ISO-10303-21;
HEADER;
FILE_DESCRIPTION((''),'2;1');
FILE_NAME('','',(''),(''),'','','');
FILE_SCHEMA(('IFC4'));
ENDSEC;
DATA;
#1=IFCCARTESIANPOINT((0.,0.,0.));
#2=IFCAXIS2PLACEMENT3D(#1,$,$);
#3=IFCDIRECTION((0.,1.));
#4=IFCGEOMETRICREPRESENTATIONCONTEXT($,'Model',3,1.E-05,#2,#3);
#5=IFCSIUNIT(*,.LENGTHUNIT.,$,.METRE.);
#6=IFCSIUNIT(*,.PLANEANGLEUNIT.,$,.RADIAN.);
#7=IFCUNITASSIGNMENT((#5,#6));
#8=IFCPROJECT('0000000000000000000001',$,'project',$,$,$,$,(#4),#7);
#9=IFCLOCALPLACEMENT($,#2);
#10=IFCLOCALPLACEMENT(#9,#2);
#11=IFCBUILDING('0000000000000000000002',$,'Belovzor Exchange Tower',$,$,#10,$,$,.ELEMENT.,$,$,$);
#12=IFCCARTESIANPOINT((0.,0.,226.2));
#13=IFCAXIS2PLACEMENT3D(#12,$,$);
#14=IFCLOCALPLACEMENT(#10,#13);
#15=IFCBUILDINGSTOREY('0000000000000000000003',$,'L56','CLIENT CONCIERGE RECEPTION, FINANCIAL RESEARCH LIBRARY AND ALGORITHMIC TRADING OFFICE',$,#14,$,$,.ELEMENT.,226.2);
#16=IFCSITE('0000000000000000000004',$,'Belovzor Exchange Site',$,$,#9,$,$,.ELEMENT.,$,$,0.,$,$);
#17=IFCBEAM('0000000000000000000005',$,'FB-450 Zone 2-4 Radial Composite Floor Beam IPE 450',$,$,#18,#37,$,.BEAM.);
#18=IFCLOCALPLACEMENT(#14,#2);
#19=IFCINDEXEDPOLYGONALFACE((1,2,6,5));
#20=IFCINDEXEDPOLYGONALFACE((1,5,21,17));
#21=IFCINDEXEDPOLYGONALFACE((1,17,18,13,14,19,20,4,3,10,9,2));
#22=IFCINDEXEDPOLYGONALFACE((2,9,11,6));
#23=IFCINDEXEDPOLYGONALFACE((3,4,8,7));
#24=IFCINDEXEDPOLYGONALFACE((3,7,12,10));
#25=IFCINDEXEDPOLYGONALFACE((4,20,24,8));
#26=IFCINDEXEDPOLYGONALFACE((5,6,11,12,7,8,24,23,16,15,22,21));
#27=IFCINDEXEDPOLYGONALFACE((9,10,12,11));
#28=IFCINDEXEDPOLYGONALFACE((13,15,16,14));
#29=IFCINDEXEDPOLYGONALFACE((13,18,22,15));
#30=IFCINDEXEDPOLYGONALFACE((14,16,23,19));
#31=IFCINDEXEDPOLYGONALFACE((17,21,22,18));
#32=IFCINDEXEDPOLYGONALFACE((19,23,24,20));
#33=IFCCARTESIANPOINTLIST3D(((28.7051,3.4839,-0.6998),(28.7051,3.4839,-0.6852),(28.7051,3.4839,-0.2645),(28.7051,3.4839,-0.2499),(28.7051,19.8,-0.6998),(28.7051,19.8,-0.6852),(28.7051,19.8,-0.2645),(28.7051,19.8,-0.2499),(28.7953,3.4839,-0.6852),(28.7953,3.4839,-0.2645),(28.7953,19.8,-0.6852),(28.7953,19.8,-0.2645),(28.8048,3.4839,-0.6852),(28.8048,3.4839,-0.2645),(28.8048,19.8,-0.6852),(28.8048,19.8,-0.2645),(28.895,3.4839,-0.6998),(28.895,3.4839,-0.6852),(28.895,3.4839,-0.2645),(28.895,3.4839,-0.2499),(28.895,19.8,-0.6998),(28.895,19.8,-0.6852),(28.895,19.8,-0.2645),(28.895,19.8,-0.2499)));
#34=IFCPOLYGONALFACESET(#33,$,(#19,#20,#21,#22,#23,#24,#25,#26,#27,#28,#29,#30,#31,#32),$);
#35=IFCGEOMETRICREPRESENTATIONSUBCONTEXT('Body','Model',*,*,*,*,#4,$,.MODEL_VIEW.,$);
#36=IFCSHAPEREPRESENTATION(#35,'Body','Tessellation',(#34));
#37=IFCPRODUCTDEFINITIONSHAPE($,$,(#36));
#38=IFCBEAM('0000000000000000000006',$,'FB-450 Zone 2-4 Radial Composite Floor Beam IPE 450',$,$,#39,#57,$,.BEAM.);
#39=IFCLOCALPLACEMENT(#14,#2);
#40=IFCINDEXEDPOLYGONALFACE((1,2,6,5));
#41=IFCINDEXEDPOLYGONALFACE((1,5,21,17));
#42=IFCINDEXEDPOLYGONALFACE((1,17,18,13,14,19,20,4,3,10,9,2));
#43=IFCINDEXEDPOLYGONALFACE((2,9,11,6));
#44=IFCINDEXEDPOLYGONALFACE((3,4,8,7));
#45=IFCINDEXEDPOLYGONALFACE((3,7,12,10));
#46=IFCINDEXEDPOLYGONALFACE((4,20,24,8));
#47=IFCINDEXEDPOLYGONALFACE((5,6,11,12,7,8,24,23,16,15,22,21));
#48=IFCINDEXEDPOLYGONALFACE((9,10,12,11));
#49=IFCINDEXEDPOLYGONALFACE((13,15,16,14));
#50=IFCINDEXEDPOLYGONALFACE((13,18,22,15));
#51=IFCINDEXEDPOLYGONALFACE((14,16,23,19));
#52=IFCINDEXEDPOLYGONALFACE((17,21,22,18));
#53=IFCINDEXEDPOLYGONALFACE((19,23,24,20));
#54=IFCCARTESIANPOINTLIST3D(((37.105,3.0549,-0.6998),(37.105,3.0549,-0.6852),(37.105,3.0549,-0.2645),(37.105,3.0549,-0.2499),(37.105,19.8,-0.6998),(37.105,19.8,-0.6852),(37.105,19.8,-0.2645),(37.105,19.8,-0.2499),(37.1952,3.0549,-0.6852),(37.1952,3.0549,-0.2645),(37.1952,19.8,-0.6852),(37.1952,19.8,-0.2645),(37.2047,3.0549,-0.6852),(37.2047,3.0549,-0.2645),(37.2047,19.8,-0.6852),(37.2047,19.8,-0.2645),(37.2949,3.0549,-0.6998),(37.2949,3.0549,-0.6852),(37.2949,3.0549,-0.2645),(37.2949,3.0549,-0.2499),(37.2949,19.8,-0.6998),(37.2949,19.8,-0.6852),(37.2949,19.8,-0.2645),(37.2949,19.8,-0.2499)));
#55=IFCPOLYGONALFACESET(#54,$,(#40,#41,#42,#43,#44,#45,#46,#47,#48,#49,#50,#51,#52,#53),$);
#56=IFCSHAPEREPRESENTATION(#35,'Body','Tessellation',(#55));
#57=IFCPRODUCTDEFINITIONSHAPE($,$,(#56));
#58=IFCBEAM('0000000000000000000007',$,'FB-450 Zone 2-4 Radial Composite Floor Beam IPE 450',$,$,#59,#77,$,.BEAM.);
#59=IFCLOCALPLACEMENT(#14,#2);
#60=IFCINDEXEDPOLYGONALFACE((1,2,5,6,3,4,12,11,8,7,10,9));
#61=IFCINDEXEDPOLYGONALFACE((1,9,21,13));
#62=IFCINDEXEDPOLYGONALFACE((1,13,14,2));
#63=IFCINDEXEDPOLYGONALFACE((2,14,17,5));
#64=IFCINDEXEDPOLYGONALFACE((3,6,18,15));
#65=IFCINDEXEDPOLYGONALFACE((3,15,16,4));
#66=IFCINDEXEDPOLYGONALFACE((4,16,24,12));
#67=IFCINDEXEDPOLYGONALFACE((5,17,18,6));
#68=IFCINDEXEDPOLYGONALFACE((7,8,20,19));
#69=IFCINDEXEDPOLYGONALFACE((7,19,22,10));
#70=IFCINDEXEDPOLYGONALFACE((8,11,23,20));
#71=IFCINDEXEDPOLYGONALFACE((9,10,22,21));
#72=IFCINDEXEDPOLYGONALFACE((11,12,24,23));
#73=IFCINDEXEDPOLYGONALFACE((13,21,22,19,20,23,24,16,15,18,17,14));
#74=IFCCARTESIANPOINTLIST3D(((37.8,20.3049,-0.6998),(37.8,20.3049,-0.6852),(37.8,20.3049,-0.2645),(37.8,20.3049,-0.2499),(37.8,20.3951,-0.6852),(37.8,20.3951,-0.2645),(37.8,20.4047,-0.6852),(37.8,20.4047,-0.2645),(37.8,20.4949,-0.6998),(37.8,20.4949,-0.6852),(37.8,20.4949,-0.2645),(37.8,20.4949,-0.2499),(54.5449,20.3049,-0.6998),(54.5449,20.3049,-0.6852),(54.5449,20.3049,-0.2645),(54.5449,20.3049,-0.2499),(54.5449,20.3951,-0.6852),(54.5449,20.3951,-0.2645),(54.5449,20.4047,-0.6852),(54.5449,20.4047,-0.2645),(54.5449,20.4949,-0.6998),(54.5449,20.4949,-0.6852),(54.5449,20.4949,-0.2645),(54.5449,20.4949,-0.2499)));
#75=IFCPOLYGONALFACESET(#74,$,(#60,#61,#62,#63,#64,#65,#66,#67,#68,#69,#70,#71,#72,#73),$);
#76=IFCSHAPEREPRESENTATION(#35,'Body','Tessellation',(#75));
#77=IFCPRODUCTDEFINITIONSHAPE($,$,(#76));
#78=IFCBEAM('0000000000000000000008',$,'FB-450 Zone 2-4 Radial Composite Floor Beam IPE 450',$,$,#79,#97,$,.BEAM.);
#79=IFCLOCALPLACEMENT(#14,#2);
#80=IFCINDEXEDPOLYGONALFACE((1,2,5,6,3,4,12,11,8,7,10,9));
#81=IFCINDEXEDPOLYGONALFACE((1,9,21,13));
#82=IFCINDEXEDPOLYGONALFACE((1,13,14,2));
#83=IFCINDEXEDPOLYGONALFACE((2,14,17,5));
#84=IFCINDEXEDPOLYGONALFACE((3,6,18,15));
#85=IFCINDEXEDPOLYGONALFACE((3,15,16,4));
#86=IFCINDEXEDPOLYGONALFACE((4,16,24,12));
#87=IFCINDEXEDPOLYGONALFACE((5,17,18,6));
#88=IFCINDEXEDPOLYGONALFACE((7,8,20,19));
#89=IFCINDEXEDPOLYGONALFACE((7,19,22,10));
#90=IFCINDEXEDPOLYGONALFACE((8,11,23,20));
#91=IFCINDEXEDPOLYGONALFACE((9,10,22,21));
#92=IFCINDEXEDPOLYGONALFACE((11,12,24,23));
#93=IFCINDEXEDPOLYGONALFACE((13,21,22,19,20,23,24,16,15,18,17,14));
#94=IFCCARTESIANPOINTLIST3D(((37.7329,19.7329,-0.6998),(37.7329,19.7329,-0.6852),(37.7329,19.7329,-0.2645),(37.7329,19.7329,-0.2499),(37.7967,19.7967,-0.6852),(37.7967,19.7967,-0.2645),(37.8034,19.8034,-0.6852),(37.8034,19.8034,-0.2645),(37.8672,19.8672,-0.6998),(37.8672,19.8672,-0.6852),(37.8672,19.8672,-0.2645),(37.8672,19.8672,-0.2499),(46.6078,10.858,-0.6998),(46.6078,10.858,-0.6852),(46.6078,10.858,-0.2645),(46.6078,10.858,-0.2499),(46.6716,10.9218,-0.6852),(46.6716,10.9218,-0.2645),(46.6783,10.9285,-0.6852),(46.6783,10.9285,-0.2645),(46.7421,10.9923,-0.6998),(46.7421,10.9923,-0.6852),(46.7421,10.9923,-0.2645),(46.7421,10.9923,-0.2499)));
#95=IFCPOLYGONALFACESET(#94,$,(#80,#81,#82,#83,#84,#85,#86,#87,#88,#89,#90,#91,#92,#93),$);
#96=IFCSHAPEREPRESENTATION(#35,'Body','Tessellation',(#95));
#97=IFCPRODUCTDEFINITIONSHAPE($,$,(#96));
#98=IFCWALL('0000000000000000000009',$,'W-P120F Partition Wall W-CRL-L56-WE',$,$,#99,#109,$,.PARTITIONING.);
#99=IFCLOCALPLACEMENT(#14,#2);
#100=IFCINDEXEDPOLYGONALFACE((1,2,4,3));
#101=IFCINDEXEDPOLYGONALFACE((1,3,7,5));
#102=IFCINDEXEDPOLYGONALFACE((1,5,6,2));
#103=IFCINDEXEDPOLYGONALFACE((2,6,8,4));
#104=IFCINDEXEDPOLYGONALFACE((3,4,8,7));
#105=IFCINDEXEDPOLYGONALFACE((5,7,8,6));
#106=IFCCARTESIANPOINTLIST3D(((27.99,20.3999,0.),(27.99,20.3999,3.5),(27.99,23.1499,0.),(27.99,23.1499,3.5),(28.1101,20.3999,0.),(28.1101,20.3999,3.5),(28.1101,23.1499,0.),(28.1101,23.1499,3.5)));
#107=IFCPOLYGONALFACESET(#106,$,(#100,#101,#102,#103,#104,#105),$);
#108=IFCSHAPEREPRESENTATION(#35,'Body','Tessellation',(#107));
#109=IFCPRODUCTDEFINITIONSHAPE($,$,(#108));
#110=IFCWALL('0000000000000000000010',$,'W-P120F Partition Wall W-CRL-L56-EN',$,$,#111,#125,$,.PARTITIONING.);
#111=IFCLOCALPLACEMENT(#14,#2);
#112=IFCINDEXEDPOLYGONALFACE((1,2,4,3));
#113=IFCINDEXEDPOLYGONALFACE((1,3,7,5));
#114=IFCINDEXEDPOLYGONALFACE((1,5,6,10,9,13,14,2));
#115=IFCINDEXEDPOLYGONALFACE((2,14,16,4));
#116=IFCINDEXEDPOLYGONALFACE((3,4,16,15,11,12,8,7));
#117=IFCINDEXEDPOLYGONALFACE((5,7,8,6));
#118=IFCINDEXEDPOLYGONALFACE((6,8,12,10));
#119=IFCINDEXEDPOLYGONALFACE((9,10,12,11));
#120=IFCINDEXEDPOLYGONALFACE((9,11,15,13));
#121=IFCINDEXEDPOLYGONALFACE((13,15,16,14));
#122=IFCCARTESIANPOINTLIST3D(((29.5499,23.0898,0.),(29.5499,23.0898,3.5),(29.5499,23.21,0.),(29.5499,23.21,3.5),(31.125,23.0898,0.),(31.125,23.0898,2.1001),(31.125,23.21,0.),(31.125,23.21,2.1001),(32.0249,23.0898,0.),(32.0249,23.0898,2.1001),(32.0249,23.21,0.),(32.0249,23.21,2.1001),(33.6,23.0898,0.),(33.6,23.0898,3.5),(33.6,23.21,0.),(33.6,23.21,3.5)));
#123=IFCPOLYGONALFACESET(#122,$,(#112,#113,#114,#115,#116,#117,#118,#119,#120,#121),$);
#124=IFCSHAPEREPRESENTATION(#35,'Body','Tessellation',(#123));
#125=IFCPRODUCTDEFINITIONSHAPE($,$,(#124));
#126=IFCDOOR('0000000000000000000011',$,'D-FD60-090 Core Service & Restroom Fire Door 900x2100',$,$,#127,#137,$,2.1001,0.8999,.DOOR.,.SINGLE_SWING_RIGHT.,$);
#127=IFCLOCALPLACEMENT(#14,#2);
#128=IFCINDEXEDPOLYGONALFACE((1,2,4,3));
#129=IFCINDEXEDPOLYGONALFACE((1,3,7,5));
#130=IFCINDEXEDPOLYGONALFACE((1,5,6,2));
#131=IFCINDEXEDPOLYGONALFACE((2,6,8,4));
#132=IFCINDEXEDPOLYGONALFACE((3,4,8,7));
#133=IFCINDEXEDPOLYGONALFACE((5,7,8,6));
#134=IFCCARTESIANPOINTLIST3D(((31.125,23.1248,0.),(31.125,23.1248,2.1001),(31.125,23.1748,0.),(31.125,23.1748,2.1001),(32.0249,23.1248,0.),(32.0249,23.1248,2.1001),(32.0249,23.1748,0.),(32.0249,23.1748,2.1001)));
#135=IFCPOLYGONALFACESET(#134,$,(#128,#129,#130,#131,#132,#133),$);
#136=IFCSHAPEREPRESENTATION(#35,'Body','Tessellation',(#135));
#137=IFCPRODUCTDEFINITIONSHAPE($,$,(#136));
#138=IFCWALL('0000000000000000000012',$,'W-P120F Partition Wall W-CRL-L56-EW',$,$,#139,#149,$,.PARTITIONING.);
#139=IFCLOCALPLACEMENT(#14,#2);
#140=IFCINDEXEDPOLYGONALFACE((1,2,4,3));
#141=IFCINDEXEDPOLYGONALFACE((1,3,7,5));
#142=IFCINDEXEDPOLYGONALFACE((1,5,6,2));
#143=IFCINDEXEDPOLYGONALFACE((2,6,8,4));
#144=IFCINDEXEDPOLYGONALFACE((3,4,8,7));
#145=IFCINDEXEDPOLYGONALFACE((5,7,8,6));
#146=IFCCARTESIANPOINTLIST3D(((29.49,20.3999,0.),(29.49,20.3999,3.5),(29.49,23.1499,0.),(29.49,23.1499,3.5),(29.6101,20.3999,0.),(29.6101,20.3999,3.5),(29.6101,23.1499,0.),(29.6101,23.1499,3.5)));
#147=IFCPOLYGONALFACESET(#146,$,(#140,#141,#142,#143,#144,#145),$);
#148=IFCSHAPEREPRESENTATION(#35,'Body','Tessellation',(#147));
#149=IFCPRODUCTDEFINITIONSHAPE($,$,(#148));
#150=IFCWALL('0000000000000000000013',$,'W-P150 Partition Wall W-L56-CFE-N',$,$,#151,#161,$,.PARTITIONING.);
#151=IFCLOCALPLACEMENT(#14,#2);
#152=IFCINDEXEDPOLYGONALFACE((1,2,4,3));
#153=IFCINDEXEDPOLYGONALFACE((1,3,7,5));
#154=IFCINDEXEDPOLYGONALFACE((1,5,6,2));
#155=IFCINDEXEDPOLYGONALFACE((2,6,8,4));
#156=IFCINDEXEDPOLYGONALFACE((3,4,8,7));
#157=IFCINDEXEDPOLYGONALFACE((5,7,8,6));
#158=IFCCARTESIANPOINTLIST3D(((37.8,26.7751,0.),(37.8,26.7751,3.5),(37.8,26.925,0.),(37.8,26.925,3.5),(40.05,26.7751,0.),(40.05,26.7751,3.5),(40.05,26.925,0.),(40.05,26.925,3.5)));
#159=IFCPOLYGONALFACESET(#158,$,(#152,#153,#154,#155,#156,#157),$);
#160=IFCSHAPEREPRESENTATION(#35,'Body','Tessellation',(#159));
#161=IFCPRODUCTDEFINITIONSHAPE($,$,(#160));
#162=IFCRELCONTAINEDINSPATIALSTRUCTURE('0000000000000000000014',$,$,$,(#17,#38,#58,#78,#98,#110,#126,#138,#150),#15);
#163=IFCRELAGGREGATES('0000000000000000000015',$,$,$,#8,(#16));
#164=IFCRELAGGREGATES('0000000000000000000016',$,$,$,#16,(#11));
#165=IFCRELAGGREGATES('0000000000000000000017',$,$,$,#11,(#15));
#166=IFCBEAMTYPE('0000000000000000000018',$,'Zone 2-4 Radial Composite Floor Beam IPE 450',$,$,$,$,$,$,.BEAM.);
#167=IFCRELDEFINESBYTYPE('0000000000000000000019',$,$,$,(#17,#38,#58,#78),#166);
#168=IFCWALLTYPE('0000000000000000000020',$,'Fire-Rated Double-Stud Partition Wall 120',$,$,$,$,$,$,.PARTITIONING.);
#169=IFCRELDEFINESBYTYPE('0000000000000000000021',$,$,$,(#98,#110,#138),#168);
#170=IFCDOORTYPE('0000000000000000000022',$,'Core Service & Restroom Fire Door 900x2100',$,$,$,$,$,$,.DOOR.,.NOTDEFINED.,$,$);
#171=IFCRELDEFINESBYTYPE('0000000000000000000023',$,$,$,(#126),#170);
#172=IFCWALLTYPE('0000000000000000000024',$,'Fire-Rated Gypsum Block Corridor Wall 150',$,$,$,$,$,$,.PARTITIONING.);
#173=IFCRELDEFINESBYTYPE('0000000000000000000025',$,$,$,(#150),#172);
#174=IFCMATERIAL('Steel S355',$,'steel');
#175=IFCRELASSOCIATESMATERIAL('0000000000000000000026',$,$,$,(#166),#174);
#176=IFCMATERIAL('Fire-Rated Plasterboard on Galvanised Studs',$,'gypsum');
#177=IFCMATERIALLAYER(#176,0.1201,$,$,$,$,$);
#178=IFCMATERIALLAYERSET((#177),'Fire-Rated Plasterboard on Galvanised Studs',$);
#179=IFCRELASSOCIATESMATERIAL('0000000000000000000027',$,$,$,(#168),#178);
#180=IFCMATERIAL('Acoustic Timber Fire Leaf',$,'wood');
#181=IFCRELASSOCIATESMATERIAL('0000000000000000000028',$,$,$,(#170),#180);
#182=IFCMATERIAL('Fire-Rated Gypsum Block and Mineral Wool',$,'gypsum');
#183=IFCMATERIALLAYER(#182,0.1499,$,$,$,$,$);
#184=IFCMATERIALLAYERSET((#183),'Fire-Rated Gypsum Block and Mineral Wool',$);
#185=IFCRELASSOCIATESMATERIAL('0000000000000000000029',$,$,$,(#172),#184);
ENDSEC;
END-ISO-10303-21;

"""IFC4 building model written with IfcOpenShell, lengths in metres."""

from ifc_helpers import new_model, si_unit, direction, frame, frame_2d, origin, origin_2d, place, context, subcontext, project, spatial, rectangle, i_section, extrude, material, layer, layer_set, material_profile, profile_set, type_object, element, fill, save


model = new_model("IFC4")

# Units and contexts
model_context = context("Model", 3, precision=1e-05, world=origin(), true_north=direction((0.0, 1.0)))
body_context = subcontext(model_context, "Body", "Model", "MODEL_VIEW")
ifc_project = project(units=[si_unit("LENGTHUNIT", "METRE"), si_unit("PLANEANGLEUNIT", "RADIAN")], contexts=[model_context])

# Site, building, storey
site_placement = place(None, origin())
site = spatial("IfcSite", under=ifc_project, at=site_placement, Name="Belovzor Exchange Site", CompositionType="ELEMENT", RefElevation=0.0)
building_placement = place(site_placement, origin())
building = spatial("IfcBuilding", under=site, at=building_placement, Name="Belovzor Exchange Tower", CompositionType="ELEMENT")
storey_placement = place(building_placement, frame((0.0, 0.0, 226.2)))
storey = spatial("IfcBuildingStorey", under=building, at=storey_placement, Name="L56", Description="CLIENT CONCIERGE RECEPTION, FINANCIAL RESEARCH LIBRARY AND ALGORITHMIC TRADING OFFICE", CompositionType="ELEMENT", Elevation=226.2)

# Beams
ifc_material_1 = material(Name="Steel S355", Category="steel")
ifc_material_profile = material_profile(ifc_material_1, i_section(OverallWidth=0.1899, OverallDepth=0.45, WebThickness=0.0095, FlangeThickness=0.0146, at=origin_2d()))
ifc_profile_set = profile_set([ifc_material_profile], Name="Steel S355")
beam_type = type_object("IfcBeamType", Name="Zone 2-4 Radial Composite Floor Beam IPE 450", PredefinedType="BEAM", material=ifc_profile_set)
beam_1_placement = place(storey_placement, frame((28.8, 19.8, -0.4749), z_axis=(0.0, -1.0, 0.0), x_axis=(1.0, 0.0, 0.0)))
element("IfcBeam", 1, at=beam_1_placement, inside=storey, type_object=beam_type, Name="FB-450 Zone 2-4 Radial Composite Floor Beam IPE 450", PredefinedType="BEAM", context=body_context, shape_type="SweptSolid", body=[
    extrude(i_section(OverallWidth=0.1899, OverallDepth=0.45, WebThickness=0.0095, FlangeThickness=0.0146, at=origin_2d()), origin(), (0.0, 0.0, 1.0), 16.3162),
])
beam_2_placement = place(storey_placement, frame((37.2, 19.8, -0.4749), z_axis=(0.0, -1.0, 0.0), x_axis=(1.0, 0.0, 0.0)))
element("IfcBeam", 2, at=beam_2_placement, inside=storey, type_object=beam_type, Name="FB-450 Zone 2-4 Radial Composite Floor Beam IPE 450", PredefinedType="BEAM", context=body_context, shape_type="SweptSolid", body=[
    extrude(i_section(OverallWidth=0.1899, OverallDepth=0.45, WebThickness=0.0095, FlangeThickness=0.0146, at=origin_2d()), origin(), (0.0, 0.0, 1.0), 16.7451),
])
beam_3_placement = place(storey_placement, frame((37.8, 20.3999, -0.4749), z_axis=(1.0, 0.0, 0.0), x_axis=(0.0, 1.0, 0.0)))
element("IfcBeam", 3, at=beam_3_placement, inside=storey, type_object=beam_type, Name="FB-450 Zone 2-4 Radial Composite Floor Beam IPE 450", PredefinedType="BEAM", context=body_context, shape_type="SweptSolid", body=[
    extrude(i_section(OverallWidth=0.1899, OverallDepth=0.45, WebThickness=0.0095, FlangeThickness=0.0146, at=origin_2d()), origin(), (0.0, 0.0, 1.0), 16.7449),
])
beam_4_placement = place(storey_placement, frame((37.8, 19.8, -0.4749), z_axis=(0.707107, -0.707107, 0.0), x_axis=(0.707107, 0.707107, 0.0)))
element("IfcBeam", 4, at=beam_4_placement, inside=storey, type_object=beam_type, Name="FB-450 Zone 2-4 Radial Composite Floor Beam IPE 450", PredefinedType="BEAM", context=body_context, shape_type="SweptSolid", body=[
    extrude(i_section(OverallWidth=0.1899, OverallDepth=0.45, WebThickness=0.0095, FlangeThickness=0.0146, at=origin_2d()), origin(), (0.0, 0.0, 1.0), 12.551),
])

# Wall
ifc_material_2 = material(Name="Fire-Rated Plasterboard on Galvanised Studs", Category="gypsum")
ifc_layer_1 = layer(ifc_material_2, 0.1201)
ifc_layer_set_1 = layer_set([ifc_layer_1], Name="Fire-Rated Plasterboard on Galvanised Studs")
wall_type_1 = type_object("IfcWallType", Name="Fire-Rated Double-Stud Partition Wall 120", PredefinedType="PARTITIONING", material=ifc_layer_set_1)
wall_1_placement = place(storey_placement, frame((28.05, 20.3999, 0.0), z_axis=(0.0, 0.0, 1.0), x_axis=(0.0, 1.0, 0.0)))
element("IfcWall", 5, at=wall_1_placement, inside=storey, type_object=wall_type_1, Name="W-P120F Partition Wall W-CRL-L56-WE", PredefinedType="PARTITIONING", context=body_context, shape_type="SweptSolid", body=[
    extrude(rectangle(XDim=2.75, YDim=0.1201, at=frame_2d((1.375, 0.0))), origin(), (0.0, 0.0, 1.0), 3.5),
])

# Wall, opening, door
wall_2_placement = place(storey_placement, frame((29.55, 23.1499, 0.0), z_axis=(0.0, 0.0, 1.0), x_axis=(1.0, 0.0, 0.0)))
wall_2 = element("IfcWall", 6, at=wall_2_placement, inside=storey, type_object=wall_type_1, Name="W-P120F Partition Wall W-CRL-L56-EN", PredefinedType="PARTITIONING", context=body_context, shape_type="SweptSolid", body=[
    extrude(rectangle(XDim=4.05, YDim=0.1201, at=frame_2d((2.0249, 0.0))), origin(), (0.0, 0.0, 1.0), 3.5),
])
opening_1_placement = place(wall_2_placement, frame((1.575, 0.0, 0.0)))
opening_1 = element("IfcOpeningElement", 7, at=opening_1_placement, cuts=wall_2, PredefinedType="OPENING", context=body_context, shape_type="SweptSolid", body=[
    extrude(rectangle(XDim=0.8999, YDim=2.1001, at=frame_2d((0.45, 1.05))), frame((0.0, 0.0701, 0.0), z_axis=(0.0, -1.0, 0.0), x_axis=(1.0, 0.0, 0.0)), (0.0, 0.0, 1.0), 0.1401),
])
ifc_material_3 = material(Name="Acoustic Timber Fire Leaf", Category="wood")
door_type_1 = type_object("IfcDoorType", Name="Core Service & Restroom Fire Door 900x2100", OperationType="NOTDEFINED", PredefinedType="DOOR", material=ifc_material_3)
door_1_placement = place(opening_1_placement, origin())
door_1 = element("IfcDoor", 8, at=door_1_placement, inside=storey, type_object=door_type_1, Name="D-FD60-090 Core Service & Restroom Fire Door 900x2100", OperationType="SINGLE_SWING_RIGHT", OverallHeight=2.1001, OverallWidth=0.8999, PredefinedType="DOOR", context=body_context, shape_type="SweptSolid", body=[
    extrude(rectangle(XDim=0.8999, YDim=2.1001, at=frame_2d((0.45, 1.05))), frame((0.0, 0.0249, 0.0), z_axis=(0.0, -1.0, 0.0), x_axis=(1.0, 0.0, 0.0)), (0.0, 0.0, 1.0), 0.05),
])
fill(opening_1, door_1)

# Walls
wall_3_placement = place(storey_placement, frame((29.55, 20.3999, 0.0), z_axis=(0.0, 0.0, 1.0), x_axis=(0.0, 1.0, 0.0)))
element("IfcWall", 9, at=wall_3_placement, inside=storey, type_object=wall_type_1, Name="W-P120F Partition Wall W-CRL-L56-EW", PredefinedType="PARTITIONING", context=body_context, shape_type="SweptSolid", body=[
    extrude(rectangle(XDim=2.75, YDim=0.1201, at=frame_2d((1.375, 0.0))), origin(), (0.0, 0.0, 1.0), 3.5),
])
ifc_material_4 = material(Name="Fire-Rated Gypsum Block and Mineral Wool", Category="gypsum")
ifc_layer_2 = layer(ifc_material_4, 0.1499)
ifc_layer_set_2 = layer_set([ifc_layer_2], Name="Fire-Rated Gypsum Block and Mineral Wool")
wall_type_2 = type_object("IfcWallType", Name="Fire-Rated Gypsum Block Corridor Wall 150", PredefinedType="PARTITIONING", material=ifc_layer_set_2)
wall_4_placement = place(storey_placement, frame((37.8, 26.8501, 0.0), z_axis=(0.0, 0.0, 1.0), x_axis=(1.0, 0.0, 0.0)))
element("IfcWall", 10, at=wall_4_placement, inside=storey, type_object=wall_type_2, Name="W-P150 Partition Wall W-L56-CFE-N", PredefinedType="PARTITIONING", context=body_context, shape_type="SweptSolid", body=[
    extrude(rectangle(XDim=2.25, YDim=0.1499, at=frame_2d((1.125, 0.0))), origin(), (0.0, 0.0, 1.0), 3.5),
])

save(model, "model.ifc")
